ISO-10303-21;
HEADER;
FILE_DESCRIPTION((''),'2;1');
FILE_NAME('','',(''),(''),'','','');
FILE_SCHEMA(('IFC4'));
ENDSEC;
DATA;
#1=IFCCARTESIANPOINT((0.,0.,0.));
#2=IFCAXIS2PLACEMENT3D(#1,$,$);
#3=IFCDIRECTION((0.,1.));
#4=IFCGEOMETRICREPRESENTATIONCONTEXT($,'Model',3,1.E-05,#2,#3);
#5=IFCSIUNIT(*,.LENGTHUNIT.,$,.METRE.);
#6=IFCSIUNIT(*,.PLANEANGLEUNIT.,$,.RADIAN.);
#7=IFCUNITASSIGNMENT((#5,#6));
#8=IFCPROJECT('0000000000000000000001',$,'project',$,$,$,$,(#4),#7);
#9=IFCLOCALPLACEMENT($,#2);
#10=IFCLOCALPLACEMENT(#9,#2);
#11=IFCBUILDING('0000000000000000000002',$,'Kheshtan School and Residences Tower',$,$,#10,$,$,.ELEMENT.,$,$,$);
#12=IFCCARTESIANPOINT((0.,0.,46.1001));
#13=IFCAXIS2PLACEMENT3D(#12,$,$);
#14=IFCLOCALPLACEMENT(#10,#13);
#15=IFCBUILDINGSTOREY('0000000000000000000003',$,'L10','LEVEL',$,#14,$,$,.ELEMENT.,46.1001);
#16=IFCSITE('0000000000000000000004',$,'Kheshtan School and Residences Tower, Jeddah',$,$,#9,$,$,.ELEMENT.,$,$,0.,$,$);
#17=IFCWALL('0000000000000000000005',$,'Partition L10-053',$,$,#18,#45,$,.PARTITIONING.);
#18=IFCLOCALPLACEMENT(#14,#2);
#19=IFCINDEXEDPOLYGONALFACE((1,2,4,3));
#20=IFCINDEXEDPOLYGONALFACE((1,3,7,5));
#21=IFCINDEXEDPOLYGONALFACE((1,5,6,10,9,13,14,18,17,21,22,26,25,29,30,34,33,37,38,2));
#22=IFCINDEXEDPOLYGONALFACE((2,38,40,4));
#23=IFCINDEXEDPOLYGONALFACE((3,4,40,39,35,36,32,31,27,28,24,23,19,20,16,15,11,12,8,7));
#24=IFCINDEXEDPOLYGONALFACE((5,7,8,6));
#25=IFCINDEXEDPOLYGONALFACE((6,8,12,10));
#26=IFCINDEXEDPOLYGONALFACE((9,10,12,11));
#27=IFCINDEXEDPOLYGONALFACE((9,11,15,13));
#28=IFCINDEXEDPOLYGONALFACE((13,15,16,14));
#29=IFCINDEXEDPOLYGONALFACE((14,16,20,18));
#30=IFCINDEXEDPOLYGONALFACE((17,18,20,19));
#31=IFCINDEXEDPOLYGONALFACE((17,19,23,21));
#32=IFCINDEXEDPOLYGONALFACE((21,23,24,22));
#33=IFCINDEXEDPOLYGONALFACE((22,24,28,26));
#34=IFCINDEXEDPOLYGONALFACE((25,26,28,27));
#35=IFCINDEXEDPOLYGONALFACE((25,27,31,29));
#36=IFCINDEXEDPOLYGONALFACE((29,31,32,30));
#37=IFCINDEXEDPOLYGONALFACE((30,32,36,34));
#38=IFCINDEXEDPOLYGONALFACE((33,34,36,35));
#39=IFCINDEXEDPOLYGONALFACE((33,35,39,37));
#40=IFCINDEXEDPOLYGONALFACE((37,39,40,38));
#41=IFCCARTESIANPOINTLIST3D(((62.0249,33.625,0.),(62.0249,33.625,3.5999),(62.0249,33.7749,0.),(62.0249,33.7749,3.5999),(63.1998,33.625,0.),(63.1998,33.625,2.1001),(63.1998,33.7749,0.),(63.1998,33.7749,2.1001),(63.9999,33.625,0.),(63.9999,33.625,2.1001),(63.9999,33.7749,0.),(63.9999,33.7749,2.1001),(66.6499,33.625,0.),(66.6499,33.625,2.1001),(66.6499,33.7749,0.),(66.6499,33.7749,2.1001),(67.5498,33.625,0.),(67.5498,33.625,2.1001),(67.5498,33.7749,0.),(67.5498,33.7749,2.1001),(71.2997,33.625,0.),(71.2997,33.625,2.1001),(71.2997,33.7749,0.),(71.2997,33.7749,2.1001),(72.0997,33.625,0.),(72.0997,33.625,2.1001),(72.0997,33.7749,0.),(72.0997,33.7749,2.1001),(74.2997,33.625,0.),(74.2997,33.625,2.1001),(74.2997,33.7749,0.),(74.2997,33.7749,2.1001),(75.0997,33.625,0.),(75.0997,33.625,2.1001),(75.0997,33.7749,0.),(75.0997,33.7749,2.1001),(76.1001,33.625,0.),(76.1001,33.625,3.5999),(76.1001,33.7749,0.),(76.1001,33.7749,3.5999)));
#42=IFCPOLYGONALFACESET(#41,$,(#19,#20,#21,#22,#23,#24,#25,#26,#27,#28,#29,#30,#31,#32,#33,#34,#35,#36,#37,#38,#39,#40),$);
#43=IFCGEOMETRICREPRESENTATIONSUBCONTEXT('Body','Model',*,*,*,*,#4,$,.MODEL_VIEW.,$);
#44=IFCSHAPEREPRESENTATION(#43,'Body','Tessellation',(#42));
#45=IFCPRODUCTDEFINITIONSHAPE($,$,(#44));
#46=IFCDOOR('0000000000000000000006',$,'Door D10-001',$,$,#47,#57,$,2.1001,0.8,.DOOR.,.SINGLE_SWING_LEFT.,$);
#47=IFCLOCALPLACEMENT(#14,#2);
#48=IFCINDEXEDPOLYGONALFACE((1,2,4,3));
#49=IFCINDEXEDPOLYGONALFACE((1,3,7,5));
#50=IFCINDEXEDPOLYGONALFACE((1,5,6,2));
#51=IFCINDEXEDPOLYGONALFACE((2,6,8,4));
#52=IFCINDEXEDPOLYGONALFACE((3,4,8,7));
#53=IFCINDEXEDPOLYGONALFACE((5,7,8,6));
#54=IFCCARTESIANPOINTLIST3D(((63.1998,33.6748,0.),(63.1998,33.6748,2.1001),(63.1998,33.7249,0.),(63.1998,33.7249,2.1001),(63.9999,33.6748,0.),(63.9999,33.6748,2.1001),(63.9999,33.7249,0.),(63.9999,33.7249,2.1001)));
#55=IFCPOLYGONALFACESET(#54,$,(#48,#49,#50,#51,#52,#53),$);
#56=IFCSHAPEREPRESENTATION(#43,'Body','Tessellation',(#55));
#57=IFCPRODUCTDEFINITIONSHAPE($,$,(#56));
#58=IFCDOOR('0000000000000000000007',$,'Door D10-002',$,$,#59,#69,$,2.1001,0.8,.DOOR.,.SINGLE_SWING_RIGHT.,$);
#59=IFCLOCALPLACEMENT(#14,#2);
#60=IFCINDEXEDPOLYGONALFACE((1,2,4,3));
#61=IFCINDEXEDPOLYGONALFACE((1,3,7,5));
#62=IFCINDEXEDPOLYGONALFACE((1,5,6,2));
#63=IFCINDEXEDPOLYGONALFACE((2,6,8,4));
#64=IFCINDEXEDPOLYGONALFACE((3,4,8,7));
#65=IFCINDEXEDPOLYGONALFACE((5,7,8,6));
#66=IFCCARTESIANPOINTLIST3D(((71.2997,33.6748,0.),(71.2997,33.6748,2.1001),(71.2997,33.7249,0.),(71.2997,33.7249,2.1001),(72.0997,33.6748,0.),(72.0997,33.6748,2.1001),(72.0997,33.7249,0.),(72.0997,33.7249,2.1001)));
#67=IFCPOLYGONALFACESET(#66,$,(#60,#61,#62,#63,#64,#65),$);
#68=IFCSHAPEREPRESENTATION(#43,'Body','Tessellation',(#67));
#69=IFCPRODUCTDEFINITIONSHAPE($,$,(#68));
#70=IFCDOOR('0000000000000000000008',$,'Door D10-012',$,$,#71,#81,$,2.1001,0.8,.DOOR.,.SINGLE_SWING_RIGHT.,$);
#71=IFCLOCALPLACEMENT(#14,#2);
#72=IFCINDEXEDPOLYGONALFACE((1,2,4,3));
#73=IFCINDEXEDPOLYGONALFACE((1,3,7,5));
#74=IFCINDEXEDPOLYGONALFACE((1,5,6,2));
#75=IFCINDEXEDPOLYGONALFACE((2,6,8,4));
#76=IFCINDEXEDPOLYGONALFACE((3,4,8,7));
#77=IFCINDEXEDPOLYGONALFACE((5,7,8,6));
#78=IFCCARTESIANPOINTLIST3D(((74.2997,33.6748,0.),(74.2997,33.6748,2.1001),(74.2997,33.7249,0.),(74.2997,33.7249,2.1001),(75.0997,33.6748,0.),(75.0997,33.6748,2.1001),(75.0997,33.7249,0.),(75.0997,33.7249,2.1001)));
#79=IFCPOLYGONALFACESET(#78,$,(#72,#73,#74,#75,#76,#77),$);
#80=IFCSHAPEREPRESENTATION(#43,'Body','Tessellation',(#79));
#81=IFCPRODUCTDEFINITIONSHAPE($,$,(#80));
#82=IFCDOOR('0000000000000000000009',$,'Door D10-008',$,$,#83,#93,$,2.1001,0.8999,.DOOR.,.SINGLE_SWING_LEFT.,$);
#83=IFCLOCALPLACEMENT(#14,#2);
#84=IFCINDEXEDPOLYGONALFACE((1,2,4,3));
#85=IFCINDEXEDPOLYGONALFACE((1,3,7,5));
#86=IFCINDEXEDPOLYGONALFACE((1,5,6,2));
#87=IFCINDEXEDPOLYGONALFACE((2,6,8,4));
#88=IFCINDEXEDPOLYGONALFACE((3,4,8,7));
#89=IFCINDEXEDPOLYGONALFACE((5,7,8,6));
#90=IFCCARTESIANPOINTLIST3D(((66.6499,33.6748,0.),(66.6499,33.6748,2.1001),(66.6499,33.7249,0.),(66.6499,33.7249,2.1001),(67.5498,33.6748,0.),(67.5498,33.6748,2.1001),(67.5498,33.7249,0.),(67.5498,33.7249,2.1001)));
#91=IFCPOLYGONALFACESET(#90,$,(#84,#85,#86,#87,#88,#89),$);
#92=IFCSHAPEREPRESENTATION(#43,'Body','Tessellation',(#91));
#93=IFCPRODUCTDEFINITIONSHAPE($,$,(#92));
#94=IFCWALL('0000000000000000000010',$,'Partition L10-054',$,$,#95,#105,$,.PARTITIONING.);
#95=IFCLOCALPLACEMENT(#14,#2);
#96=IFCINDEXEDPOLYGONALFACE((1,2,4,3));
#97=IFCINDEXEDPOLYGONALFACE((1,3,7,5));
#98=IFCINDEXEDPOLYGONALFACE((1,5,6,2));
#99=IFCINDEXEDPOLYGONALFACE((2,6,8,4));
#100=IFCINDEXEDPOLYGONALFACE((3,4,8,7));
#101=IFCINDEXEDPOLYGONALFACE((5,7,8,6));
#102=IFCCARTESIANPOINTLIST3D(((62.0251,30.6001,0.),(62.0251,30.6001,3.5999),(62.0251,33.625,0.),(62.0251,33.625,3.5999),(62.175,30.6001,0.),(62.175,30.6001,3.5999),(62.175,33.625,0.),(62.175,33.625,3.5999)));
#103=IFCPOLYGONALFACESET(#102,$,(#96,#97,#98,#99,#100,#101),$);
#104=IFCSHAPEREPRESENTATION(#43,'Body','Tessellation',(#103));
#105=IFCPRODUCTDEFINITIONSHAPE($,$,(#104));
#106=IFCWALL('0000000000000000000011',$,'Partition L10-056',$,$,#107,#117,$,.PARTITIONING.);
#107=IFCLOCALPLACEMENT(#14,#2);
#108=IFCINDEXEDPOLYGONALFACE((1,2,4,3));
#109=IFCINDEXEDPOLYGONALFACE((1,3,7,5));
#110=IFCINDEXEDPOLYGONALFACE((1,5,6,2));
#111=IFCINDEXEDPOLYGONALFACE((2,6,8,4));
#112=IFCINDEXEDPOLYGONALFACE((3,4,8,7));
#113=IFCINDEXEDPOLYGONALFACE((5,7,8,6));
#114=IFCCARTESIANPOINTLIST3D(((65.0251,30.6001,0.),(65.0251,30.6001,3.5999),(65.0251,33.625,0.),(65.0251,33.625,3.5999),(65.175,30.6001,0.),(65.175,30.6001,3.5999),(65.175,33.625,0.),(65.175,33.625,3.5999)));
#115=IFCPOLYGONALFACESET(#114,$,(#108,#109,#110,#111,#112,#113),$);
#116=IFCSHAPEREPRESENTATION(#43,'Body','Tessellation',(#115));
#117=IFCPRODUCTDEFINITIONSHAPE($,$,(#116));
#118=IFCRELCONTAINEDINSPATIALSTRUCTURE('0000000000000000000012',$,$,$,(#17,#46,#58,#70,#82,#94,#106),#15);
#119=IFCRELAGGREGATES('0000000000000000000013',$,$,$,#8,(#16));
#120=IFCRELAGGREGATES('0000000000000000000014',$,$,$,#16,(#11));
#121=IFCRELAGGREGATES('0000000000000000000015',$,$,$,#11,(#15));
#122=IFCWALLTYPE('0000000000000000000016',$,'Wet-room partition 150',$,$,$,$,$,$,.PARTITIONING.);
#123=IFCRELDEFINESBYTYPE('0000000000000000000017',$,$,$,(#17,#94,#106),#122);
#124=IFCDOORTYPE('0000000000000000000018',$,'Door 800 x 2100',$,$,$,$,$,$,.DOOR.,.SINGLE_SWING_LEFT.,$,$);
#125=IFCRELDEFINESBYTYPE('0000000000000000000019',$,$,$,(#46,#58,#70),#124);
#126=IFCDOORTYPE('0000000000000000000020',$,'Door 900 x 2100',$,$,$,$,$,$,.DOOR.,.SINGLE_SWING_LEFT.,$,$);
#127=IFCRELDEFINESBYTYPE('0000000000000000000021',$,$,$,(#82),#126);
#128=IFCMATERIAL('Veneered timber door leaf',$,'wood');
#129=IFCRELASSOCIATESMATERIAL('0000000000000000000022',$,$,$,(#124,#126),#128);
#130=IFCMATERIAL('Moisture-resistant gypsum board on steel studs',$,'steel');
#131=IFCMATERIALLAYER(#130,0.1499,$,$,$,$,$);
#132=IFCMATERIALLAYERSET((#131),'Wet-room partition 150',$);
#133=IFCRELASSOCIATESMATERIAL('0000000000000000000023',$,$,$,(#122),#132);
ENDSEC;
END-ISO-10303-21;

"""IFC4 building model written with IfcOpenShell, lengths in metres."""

from ifc_helpers import new_model, si_unit, direction, frame, frame_2d, origin, place, context, subcontext, project, spatial, rectangle, extrude, source, transform, mapped, material, layer, layer_set, type_object, element, fill, save


model = new_model("IFC4")

# Units and contexts
model_context = context("Model", 3, precision=1e-05, world=origin(), true_north=direction((0.0, 1.0)))
body_context = subcontext(model_context, "Body", "Model", "MODEL_VIEW")
ifc_project = project(units=[si_unit("LENGTHUNIT", "METRE"), si_unit("PLANEANGLEUNIT", "RADIAN")], contexts=[model_context])

# Site, building, storey
site_placement = place(None, origin())
site = spatial("IfcSite", under=ifc_project, at=site_placement, Name="Kheshtan School and Residences Tower, Jeddah", CompositionType="ELEMENT", RefElevation=0.0)
building_placement = place(site_placement, origin())
building = spatial("IfcBuilding", under=site, at=building_placement, Name="Kheshtan School and Residences Tower", CompositionType="ELEMENT")
storey_placement = place(building_placement, frame((0.0, 0.0, 46.1001)))
storey = spatial("IfcBuildingStorey", under=building, at=storey_placement, Name="L10", Description="LEVEL", CompositionType="ELEMENT", Elevation=46.1001)

# Shared definitions
ifc_material_1 = material(Name="Veneered timber door leaf", Category="wood")
door_type_1 = type_object("IfcDoorType", Name="Door 800 x 2100", OperationType="SINGLE_SWING_LEFT", PredefinedType="DOOR", material=ifc_material_1)
shared_shape_1 = source(origin(), body_context, "Body", "SweptSolid", [
    extrude(rectangle(XDim=0.8, YDim=2.1001, at=frame_2d((0.3999, 1.05))), frame((0.0, 0.0249, 0.0), z_axis=(0.0, -1.0, 0.0), x_axis=(1.0, 0.0, 0.0)), (0.0, 0.0, 1.0), 0.05),
])

# Wall, openings, doors
ifc_material_2 = material(Name="Moisture-resistant gypsum board on steel studs", Category="steel")
ifc_layer_1 = layer(ifc_material_2, 0.1499)
ifc_layer_set_1 = layer_set([ifc_layer_1], Name="Wet-room partition 150")
wall_type_1 = type_object("IfcWallType", Name="Wet-room partition 150", PredefinedType="PARTITIONING", material=ifc_layer_set_1)
wall_1_placement = place(storey_placement, frame((62.0249, 33.7, 0.0), z_axis=(0.0, 0.0, 1.0), x_axis=(1.0, 0.0, 0.0)))
wall_1 = element("IfcWall", 1, at=wall_1_placement, inside=storey, type_object=wall_type_1, Name="Partition L10-053", PredefinedType="PARTITIONING", context=body_context, shape_type="SweptSolid", body=[
    extrude(rectangle(XDim=14.0752, YDim=0.1499, at=frame_2d((7.0376, 0.0))), origin(), (0.0, 0.0, 1.0), 3.5999),
])
opening_1_placement = place(wall_1_placement, frame((1.175, 0.0, 0.0)))
opening_1 = element("IfcOpeningElement", 2, at=opening_1_placement, cuts=wall_1, PredefinedType="OPENING", context=body_context, shape_type="SweptSolid", body=[
    extrude(rectangle(XDim=0.8, YDim=2.1001, at=frame_2d((0.3999, 1.05))), frame((0.0, 0.085, 0.0), z_axis=(0.0, -1.0, 0.0), x_axis=(1.0, 0.0, 0.0)), (0.0, 0.0, 1.0), 0.1699),
])
opening_2_placement = place(wall_1_placement, frame((9.2749, 0.0, 0.0)))
opening_2 = element("IfcOpeningElement", 3, at=opening_2_placement, cuts=wall_1, PredefinedType="OPENING", context=body_context, shape_type="SweptSolid", body=[
    extrude(rectangle(XDim=0.8, YDim=2.1001, at=frame_2d((0.3999, 1.05))), frame((0.0, 0.085, 0.0), z_axis=(0.0, -1.0, 0.0), x_axis=(1.0, 0.0, 0.0)), (0.0, 0.0, 1.0), 0.1699),
])
opening_3_placement = place(wall_1_placement, frame((4.625, 0.0, 0.0)))
opening_3 = element("IfcOpeningElement", 4, at=opening_3_placement, cuts=wall_1, PredefinedType="OPENING", context=body_context, shape_type="SweptSolid", body=[
    extrude(rectangle(XDim=0.8999, YDim=2.1001, at=frame_2d((0.45, 1.05))), frame((0.0, 0.085, 0.0), z_axis=(0.0, -1.0, 0.0), x_axis=(1.0, 0.0, 0.0)), (0.0, 0.0, 1.0), 0.1699),
])
opening_4_placement = place(wall_1_placement, frame((12.2749, 0.0, 0.0)))
opening_4 = element("IfcOpeningElement", 5, at=opening_4_placement, cuts=wall_1, PredefinedType="OPENING", context=body_context, shape_type="SweptSolid", body=[
    extrude(rectangle(XDim=0.8, YDim=2.1001, at=frame_2d((0.3999, 1.05))), frame((0.0, 0.085, 0.0), z_axis=(0.0, -1.0, 0.0), x_axis=(1.0, 0.0, 0.0)), (0.0, 0.0, 1.0), 0.1699),
])
door_1_placement = place(opening_1_placement, origin())
door_1 = element("IfcDoor", 6, at=door_1_placement, inside=storey, type_object=door_type_1, Name="Door D10-001", OperationType="SINGLE_SWING_LEFT", OverallHeight=2.1001, OverallWidth=0.8, PredefinedType="DOOR", context=body_context, shape_type="MappedRepresentation", body=[
    mapped(shared_shape_1, transform((0.0, 0.0, 0.0), x_axis=(1.0, 0.0, 0.0), y_axis=(0.0, 1.0, 0.0), z_axis=(0.0, 0.0, 1.0), scale=1.0)),
])
fill(opening_1, door_1)
door_2_placement = place(opening_2_placement, origin())
door_2 = element("IfcDoor", 7, at=door_2_placement, inside=storey, type_object=door_type_1, Name="Door D10-002", OperationType="SINGLE_SWING_RIGHT", OverallHeight=2.1001, OverallWidth=0.8, PredefinedType="DOOR", context=body_context, shape_type="MappedRepresentation", body=[
    mapped(shared_shape_1, transform((0.0, 0.0, 0.0), x_axis=(1.0, 0.0, 0.0), y_axis=(0.0, 1.0, 0.0), z_axis=(0.0, 0.0, 1.0), scale=1.0)),
])
fill(opening_2, door_2)
door_3_placement = place(opening_4_placement, origin())
door_3 = element("IfcDoor", 8, at=door_3_placement, inside=storey, type_object=door_type_1, Name="Door D10-012", OperationType="SINGLE_SWING_RIGHT", OverallHeight=2.1001, OverallWidth=0.8, PredefinedType="DOOR", context=body_context, shape_type="MappedRepresentation", body=[
    mapped(shared_shape_1, transform((0.0, 0.0, 0.0), x_axis=(1.0, 0.0, 0.0), y_axis=(0.0, 1.0, 0.0), z_axis=(0.0, 0.0, 1.0), scale=1.0)),
])
fill(opening_4, door_3)
door_type_2 = type_object("IfcDoorType", Name="Door 900 x 2100", OperationType="SINGLE_SWING_LEFT", PredefinedType="DOOR", material=ifc_material_1)
shared_shape_2 = source(origin(), body_context, "Body", "SweptSolid", [
    extrude(rectangle(XDim=0.8999, YDim=2.1001, at=frame_2d((0.45, 1.05))), frame((0.0, 0.0249, 0.0), z_axis=(0.0, -1.0, 0.0), x_axis=(1.0, 0.0, 0.0)), (0.0, 0.0, 1.0), 0.05),
])
door_4_placement = place(opening_3_placement, origin())
door_4 = element("IfcDoor", 9, at=door_4_placement, inside=storey, type_object=door_type_2, Name="Door D10-008", OperationType="SINGLE_SWING_LEFT", OverallHeight=2.1001, OverallWidth=0.8999, PredefinedType="DOOR", context=body_context, shape_type="MappedRepresentation", body=[
    mapped(shared_shape_2, transform((0.0, 0.0, 0.0), x_axis=(1.0, 0.0, 0.0), y_axis=(0.0, 1.0, 0.0), z_axis=(0.0, 0.0, 1.0), scale=1.0)),
])
fill(opening_3, door_4)

# Walls
for number, where, z_axis, x_axis, name in (
    (10, (62.1001, 30.6001, 0.0), (0.0, 0.0, 1.0), (0.0, 1.0, 0.0), "Partition L10-054"),
    (11, (65.1001, 30.6001, 0.0), (0.0, 0.0, 1.0), (0.0, 1.0, 0.0), "Partition L10-056"),
):
    element("IfcWall", number, at=place(storey_placement, frame(where, z_axis=z_axis, x_axis=x_axis)), inside=storey, type_object=wall_type_1, Name=name, PredefinedType="PARTITIONING", context=body_context, shape_type="SweptSolid", body=[
        extrude(rectangle(XDim=3.0249, YDim=0.1499, at=frame_2d((1.5125, 0.0))), origin(), (0.0, 0.0, 1.0), 3.5999),
    ])

save(model, "model.ifc")
